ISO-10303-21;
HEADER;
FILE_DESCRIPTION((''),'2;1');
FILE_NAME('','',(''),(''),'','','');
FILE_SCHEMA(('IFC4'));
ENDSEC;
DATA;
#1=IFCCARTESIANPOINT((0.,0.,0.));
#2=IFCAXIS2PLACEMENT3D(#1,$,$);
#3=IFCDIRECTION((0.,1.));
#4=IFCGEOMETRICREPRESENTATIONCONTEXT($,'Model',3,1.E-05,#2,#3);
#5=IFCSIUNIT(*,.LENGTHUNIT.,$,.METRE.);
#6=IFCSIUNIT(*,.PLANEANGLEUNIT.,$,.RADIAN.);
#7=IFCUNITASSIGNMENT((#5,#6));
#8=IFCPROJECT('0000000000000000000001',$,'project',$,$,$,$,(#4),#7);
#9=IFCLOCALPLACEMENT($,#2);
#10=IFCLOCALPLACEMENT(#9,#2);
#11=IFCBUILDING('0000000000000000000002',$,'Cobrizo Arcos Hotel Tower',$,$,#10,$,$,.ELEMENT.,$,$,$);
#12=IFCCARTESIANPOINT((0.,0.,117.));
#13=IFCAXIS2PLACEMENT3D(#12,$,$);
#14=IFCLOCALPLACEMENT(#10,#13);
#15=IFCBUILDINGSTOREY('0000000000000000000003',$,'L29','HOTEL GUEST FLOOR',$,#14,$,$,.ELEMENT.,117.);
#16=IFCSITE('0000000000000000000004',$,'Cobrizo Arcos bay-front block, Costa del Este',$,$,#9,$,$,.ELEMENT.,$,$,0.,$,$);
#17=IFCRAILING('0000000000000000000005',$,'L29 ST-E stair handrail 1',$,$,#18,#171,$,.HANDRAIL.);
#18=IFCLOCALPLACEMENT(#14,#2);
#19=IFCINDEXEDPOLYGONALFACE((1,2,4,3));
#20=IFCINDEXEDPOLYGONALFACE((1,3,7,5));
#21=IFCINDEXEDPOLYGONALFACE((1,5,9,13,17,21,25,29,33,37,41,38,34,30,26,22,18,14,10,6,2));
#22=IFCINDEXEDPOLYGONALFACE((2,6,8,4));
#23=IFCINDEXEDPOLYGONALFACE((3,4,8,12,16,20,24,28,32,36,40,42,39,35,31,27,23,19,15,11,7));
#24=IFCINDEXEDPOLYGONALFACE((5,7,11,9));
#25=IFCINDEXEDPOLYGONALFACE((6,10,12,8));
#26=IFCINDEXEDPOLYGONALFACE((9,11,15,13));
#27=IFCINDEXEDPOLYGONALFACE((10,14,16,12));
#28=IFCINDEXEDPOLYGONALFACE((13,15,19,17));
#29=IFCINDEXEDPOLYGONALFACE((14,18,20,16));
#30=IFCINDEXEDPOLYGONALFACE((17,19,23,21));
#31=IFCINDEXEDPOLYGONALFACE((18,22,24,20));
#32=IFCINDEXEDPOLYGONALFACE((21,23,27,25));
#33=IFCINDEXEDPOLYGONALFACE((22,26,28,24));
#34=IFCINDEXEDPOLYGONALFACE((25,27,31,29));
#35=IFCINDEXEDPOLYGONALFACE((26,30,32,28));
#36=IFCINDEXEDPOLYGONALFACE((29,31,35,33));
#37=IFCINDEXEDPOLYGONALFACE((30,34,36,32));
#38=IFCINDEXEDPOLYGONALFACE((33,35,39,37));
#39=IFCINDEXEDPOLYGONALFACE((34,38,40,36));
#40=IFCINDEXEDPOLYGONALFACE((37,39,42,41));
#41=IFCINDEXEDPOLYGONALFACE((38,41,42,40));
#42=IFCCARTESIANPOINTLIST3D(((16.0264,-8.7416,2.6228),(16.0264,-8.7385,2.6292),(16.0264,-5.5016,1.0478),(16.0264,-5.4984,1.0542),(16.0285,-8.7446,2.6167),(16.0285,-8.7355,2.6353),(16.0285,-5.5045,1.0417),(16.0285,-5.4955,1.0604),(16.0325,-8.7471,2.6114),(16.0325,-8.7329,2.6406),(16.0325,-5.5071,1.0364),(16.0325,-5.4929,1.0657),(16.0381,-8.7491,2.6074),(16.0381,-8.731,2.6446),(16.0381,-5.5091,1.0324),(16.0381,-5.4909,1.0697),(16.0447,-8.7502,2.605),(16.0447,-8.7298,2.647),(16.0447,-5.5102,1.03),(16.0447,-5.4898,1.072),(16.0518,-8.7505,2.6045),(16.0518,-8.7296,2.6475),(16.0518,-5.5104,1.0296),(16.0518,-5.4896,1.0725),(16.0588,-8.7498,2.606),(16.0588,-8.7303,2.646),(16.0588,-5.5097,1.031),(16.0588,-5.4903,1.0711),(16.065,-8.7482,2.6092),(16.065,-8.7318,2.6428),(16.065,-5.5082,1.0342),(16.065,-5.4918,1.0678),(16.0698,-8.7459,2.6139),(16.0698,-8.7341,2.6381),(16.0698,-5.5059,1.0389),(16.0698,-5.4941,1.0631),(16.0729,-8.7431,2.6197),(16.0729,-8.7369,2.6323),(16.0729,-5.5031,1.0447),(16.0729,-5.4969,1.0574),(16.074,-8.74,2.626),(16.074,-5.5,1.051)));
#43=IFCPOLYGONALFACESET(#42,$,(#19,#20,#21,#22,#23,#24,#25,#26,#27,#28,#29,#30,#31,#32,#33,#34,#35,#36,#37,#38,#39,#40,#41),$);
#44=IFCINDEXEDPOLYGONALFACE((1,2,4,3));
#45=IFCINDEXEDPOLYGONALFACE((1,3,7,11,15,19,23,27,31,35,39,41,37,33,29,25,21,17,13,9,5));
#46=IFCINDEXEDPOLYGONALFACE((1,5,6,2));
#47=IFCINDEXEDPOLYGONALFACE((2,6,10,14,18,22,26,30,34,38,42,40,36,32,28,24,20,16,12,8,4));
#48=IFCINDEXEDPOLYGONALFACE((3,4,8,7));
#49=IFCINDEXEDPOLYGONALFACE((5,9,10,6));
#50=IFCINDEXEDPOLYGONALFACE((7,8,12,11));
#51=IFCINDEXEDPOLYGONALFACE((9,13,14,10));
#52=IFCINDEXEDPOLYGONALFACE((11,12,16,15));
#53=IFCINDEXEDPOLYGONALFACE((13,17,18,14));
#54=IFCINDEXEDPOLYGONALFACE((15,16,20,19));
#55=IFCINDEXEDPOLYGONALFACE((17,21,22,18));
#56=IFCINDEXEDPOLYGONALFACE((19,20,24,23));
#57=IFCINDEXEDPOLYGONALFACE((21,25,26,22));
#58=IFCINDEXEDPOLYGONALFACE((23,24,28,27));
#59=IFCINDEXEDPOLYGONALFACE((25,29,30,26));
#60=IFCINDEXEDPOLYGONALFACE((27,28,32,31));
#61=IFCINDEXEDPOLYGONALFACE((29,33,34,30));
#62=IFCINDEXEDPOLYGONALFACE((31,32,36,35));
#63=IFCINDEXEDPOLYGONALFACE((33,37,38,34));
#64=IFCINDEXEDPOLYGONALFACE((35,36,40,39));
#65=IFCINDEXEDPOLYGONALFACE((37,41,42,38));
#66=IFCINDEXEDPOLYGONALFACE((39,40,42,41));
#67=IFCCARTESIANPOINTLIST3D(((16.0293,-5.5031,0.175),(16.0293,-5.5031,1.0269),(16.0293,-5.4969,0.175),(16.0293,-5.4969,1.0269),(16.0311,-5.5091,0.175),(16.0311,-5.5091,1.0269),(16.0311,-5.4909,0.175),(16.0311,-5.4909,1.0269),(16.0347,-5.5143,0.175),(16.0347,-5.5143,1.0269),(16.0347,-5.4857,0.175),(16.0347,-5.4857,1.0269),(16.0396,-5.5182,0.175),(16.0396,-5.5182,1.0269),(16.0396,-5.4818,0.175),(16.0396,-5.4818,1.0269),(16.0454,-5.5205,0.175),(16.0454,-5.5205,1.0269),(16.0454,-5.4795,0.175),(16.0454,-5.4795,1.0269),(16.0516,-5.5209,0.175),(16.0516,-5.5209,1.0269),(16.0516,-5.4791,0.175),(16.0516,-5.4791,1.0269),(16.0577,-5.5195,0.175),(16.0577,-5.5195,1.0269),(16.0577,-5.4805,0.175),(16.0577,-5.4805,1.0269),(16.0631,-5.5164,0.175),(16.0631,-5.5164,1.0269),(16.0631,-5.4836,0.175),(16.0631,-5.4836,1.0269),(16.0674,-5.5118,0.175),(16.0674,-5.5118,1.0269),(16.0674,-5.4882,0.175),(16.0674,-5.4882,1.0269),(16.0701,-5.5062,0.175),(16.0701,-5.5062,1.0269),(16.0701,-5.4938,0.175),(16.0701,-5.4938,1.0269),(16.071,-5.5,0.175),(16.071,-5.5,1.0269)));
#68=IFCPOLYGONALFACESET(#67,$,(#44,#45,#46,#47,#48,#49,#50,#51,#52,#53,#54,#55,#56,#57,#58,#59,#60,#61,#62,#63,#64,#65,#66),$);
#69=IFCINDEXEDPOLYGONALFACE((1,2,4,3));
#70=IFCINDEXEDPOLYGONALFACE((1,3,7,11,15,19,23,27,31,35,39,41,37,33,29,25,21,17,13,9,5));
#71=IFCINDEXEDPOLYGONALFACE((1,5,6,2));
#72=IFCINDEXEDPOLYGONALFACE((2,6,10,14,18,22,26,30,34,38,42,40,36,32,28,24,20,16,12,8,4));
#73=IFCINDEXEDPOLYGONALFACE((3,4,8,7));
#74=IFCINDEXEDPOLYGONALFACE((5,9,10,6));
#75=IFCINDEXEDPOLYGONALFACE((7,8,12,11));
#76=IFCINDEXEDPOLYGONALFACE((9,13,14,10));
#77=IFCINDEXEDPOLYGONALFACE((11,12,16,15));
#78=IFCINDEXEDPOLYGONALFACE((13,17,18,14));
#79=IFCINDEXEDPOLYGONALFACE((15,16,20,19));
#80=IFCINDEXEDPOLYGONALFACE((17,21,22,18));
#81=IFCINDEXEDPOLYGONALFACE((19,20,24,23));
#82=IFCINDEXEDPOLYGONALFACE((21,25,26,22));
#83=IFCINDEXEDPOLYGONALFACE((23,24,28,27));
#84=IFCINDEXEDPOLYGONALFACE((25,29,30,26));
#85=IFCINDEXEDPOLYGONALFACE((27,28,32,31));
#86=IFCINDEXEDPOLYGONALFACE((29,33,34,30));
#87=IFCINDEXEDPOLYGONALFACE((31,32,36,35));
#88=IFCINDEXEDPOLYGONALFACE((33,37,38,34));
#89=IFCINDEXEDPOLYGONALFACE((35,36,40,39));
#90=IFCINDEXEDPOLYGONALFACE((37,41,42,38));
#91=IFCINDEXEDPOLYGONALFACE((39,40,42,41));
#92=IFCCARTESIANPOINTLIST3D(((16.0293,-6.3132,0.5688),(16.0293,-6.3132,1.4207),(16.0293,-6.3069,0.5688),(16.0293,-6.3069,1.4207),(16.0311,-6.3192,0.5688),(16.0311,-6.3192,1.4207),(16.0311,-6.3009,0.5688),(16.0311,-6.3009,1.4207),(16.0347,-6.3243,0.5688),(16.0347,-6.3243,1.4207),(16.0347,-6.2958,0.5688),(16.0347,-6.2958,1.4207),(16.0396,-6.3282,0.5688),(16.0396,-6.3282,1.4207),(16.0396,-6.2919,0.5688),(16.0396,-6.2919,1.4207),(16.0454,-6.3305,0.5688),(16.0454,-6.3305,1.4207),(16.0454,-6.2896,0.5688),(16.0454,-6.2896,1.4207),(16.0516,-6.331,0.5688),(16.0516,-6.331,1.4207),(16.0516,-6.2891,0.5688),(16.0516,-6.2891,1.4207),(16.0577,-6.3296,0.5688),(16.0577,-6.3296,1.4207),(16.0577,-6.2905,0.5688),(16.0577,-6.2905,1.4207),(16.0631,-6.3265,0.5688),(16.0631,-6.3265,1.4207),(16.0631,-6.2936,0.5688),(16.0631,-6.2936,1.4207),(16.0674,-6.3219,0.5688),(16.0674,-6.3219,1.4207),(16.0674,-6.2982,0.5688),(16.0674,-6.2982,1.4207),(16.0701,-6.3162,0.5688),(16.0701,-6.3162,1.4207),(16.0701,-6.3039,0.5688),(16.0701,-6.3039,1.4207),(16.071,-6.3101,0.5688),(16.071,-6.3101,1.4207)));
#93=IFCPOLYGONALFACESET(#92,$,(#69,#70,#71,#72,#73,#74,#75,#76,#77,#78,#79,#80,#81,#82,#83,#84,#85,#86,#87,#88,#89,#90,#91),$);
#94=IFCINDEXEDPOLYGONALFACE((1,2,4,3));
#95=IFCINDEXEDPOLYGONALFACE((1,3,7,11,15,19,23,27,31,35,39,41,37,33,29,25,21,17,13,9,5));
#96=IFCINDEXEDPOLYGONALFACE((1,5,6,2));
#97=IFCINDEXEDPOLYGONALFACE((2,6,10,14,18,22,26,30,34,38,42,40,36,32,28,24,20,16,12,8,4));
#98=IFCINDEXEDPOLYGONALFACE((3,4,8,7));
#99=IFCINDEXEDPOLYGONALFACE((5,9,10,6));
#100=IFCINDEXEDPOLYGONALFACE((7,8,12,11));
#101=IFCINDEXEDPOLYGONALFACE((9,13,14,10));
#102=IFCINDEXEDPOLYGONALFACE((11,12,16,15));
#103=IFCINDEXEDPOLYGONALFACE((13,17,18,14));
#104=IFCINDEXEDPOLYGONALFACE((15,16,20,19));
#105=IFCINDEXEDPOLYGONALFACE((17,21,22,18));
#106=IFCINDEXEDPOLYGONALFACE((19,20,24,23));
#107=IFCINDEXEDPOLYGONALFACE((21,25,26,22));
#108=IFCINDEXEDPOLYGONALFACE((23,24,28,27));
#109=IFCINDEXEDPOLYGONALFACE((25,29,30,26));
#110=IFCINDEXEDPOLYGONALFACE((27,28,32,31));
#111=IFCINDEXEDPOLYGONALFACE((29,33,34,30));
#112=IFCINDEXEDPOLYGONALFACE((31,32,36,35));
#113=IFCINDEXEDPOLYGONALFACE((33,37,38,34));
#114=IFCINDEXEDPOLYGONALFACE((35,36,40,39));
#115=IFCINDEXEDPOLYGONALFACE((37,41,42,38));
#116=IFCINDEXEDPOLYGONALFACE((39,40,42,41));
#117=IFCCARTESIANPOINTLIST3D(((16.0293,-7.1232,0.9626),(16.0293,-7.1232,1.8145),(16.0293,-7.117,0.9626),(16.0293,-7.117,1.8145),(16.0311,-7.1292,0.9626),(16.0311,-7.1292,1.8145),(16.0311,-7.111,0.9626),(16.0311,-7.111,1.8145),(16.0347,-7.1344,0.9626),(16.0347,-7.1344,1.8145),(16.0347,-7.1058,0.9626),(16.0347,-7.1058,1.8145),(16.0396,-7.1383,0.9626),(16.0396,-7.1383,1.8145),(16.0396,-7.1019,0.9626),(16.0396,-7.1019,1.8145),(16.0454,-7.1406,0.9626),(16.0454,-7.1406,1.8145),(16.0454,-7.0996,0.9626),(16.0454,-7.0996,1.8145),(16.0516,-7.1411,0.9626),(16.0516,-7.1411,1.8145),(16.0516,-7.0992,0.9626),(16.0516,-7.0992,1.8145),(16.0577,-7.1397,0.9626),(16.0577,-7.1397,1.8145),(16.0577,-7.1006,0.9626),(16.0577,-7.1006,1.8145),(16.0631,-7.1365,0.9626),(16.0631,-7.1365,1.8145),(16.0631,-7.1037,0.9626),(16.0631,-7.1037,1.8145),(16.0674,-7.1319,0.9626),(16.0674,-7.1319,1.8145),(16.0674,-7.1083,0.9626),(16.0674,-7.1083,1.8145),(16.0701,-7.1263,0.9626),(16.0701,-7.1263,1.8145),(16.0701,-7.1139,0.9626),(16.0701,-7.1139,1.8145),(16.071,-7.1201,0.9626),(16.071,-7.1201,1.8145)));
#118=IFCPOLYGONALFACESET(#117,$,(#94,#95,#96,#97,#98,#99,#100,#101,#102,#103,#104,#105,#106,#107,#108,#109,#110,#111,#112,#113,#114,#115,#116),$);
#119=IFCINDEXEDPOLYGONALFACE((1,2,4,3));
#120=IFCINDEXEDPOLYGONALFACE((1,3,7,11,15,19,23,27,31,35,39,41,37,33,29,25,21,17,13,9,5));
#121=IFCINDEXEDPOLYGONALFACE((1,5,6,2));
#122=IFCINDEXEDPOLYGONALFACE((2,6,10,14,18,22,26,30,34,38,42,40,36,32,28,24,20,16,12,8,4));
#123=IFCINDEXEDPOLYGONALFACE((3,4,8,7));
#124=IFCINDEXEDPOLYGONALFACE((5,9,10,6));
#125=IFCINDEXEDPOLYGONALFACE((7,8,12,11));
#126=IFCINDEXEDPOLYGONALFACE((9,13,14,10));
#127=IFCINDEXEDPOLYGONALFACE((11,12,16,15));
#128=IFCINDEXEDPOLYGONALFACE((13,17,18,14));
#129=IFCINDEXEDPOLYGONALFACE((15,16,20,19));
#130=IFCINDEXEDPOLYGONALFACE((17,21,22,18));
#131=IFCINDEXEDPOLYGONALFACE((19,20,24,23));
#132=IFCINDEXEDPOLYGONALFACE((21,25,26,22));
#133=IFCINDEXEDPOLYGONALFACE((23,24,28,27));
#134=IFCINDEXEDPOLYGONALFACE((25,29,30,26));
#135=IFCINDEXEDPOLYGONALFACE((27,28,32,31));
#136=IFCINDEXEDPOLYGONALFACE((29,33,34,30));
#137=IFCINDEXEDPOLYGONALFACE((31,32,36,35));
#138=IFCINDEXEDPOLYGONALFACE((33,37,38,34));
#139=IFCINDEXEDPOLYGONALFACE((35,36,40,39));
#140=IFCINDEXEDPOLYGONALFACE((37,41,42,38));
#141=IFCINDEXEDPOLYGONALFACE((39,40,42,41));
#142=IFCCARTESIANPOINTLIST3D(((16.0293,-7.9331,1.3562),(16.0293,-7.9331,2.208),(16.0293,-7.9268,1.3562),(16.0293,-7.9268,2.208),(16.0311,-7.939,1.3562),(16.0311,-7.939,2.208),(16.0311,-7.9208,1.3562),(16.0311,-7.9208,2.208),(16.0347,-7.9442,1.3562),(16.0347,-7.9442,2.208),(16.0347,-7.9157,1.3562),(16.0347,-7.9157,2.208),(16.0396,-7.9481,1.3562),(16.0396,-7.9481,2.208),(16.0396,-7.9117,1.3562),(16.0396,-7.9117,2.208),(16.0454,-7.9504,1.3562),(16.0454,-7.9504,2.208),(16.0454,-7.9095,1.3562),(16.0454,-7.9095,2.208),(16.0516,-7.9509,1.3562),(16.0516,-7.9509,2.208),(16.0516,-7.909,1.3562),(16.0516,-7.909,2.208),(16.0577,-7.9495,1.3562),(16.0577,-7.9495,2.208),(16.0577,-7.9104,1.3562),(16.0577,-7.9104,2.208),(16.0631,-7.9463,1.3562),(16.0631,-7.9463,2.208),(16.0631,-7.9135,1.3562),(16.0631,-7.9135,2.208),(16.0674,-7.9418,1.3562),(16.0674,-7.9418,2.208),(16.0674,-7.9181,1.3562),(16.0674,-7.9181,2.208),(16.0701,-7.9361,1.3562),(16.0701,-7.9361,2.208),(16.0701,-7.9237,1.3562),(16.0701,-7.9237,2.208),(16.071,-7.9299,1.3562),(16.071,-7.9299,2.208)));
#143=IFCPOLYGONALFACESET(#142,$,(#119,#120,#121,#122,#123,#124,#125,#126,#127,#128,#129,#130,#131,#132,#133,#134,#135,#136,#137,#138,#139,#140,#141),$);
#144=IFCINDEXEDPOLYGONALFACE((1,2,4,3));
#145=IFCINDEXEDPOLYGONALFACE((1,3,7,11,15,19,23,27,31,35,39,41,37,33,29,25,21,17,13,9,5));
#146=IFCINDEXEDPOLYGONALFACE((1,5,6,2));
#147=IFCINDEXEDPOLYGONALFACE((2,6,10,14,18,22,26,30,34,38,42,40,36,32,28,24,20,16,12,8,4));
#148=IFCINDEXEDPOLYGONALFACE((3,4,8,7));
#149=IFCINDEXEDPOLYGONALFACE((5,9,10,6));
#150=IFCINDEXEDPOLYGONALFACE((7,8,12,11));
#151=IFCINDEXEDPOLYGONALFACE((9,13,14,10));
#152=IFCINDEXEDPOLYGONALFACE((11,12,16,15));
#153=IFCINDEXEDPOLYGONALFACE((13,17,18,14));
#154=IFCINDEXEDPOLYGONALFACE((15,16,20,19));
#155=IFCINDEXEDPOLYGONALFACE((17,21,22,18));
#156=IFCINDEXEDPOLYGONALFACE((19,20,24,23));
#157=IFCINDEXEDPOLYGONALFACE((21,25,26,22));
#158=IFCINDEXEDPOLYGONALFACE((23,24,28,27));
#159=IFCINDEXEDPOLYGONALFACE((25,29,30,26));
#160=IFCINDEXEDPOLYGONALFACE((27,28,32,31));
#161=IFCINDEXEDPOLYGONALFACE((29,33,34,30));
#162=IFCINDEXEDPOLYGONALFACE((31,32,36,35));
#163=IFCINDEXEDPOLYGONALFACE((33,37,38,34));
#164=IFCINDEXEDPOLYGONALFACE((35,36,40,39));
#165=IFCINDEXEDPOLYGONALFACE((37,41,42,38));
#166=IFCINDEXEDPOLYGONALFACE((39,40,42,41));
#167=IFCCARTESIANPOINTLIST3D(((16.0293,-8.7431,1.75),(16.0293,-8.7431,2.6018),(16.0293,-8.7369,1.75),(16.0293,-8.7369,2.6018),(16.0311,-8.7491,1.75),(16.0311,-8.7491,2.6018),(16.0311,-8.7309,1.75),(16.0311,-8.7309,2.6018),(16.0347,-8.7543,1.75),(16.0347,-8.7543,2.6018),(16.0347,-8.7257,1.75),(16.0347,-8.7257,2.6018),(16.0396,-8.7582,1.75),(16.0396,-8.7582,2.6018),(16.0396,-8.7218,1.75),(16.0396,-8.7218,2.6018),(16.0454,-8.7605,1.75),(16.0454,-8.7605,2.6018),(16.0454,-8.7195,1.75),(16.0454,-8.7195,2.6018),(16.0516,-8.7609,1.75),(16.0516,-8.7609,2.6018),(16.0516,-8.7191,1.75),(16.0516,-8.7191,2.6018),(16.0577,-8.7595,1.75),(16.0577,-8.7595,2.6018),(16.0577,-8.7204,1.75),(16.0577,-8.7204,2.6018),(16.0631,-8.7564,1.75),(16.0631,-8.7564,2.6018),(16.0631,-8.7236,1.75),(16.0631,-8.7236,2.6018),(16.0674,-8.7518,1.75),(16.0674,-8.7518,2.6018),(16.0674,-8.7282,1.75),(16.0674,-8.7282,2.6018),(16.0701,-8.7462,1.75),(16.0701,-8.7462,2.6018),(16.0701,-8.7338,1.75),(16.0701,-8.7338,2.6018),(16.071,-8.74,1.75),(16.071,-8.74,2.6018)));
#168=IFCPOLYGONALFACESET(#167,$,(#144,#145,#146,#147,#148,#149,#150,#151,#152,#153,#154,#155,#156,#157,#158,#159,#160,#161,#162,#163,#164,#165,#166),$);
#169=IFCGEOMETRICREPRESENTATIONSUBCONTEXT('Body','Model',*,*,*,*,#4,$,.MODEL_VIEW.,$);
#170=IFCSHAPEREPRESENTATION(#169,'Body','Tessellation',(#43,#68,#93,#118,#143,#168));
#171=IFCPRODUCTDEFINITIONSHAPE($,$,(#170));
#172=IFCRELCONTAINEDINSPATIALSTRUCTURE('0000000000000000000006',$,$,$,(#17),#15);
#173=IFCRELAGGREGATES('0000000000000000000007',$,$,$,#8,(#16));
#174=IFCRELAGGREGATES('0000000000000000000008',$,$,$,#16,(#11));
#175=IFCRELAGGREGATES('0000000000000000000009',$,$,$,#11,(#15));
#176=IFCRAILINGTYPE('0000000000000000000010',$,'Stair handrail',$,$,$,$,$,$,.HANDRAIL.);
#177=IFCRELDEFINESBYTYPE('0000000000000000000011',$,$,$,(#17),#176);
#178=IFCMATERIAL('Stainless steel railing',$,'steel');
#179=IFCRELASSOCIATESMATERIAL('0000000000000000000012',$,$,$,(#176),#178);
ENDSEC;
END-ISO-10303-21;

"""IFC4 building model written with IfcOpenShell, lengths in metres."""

from ifc_helpers import new_model, si_unit, direction, frame, origin, origin_2d, place, context, subcontext, project, spatial, circle, extrude, material, type_object, element, save


model = new_model("IFC4")

# Units and contexts
model_context = context("Model", 3, precision=1e-05, world=origin(), true_north=direction((0.0, 1.0)))
body_context = subcontext(model_context, "Body", "Model", "MODEL_VIEW")
ifc_project = project(units=[si_unit("LENGTHUNIT", "METRE"), si_unit("PLANEANGLEUNIT", "RADIAN")], contexts=[model_context])

# Site, building, storey
site_placement = place(None, origin())
site = spatial("IfcSite", under=ifc_project, at=site_placement, Name="Cobrizo Arcos bay-front block, Costa del Este", CompositionType="ELEMENT", RefElevation=0.0)
building_placement = place(site_placement, origin())
building = spatial("IfcBuilding", under=site, at=building_placement, Name="Cobrizo Arcos Hotel Tower", CompositionType="ELEMENT")
storey_placement = place(building_placement, frame((0.0, 0.0, 117.0)))
storey = spatial("IfcBuildingStorey", under=building, at=storey_placement, Name="L29", Description="HOTEL GUEST FLOOR", CompositionType="ELEMENT", Elevation=117.0)

# Railing
ifc_material_1 = material(Name="Stainless steel railing", Category="steel")
railing_type_1 = type_object("IfcRailingType", Name="Stair handrail", PredefinedType="HANDRAIL", material=ifc_material_1)
railing_1_placement = place(storey_placement, frame((16.05, -5.5, 0.175)))
element("IfcRailing", 1, at=railing_1_placement, inside=storey, type_object=railing_type_1, Name="L29 ST-E stair handrail 1", PredefinedType="HANDRAIL", context=body_context, shape_type="SweptSolid", body=[
    extrude(circle(Radius=0.0239, at=origin_2d()), frame((0.0, 0.0, 0.876), z_axis=(0.0, -0.899373, 0.437183), x_axis=(1.0, 0.0, 0.0)), (0.0, 0.0, 1.0), 3.6025),
    extrude(circle(Radius=0.021, at=origin_2d()), origin(), (0.0, 0.0, 1.0), 0.8518),
    extrude(circle(Radius=0.021, at=origin_2d()), frame((0.0, -0.8101, 0.3938)), (0.0, 0.0, 1.0), 0.8518),
    extrude(circle(Radius=0.021, at=origin_2d()), frame((0.0, -1.6201, 0.7876)), (0.0, 0.0, 1.0), 0.8518),
    extrude(circle(Radius=0.021, at=origin_2d()), frame((0.0, -2.4299, 1.1812)), (0.0, 0.0, 1.0), 0.8518),
    extrude(circle(Radius=0.021, at=origin_2d()), frame((0.0, -3.24, 1.575)), (0.0, 0.0, 1.0), 0.8518),
])

save(model, "model.ifc")
